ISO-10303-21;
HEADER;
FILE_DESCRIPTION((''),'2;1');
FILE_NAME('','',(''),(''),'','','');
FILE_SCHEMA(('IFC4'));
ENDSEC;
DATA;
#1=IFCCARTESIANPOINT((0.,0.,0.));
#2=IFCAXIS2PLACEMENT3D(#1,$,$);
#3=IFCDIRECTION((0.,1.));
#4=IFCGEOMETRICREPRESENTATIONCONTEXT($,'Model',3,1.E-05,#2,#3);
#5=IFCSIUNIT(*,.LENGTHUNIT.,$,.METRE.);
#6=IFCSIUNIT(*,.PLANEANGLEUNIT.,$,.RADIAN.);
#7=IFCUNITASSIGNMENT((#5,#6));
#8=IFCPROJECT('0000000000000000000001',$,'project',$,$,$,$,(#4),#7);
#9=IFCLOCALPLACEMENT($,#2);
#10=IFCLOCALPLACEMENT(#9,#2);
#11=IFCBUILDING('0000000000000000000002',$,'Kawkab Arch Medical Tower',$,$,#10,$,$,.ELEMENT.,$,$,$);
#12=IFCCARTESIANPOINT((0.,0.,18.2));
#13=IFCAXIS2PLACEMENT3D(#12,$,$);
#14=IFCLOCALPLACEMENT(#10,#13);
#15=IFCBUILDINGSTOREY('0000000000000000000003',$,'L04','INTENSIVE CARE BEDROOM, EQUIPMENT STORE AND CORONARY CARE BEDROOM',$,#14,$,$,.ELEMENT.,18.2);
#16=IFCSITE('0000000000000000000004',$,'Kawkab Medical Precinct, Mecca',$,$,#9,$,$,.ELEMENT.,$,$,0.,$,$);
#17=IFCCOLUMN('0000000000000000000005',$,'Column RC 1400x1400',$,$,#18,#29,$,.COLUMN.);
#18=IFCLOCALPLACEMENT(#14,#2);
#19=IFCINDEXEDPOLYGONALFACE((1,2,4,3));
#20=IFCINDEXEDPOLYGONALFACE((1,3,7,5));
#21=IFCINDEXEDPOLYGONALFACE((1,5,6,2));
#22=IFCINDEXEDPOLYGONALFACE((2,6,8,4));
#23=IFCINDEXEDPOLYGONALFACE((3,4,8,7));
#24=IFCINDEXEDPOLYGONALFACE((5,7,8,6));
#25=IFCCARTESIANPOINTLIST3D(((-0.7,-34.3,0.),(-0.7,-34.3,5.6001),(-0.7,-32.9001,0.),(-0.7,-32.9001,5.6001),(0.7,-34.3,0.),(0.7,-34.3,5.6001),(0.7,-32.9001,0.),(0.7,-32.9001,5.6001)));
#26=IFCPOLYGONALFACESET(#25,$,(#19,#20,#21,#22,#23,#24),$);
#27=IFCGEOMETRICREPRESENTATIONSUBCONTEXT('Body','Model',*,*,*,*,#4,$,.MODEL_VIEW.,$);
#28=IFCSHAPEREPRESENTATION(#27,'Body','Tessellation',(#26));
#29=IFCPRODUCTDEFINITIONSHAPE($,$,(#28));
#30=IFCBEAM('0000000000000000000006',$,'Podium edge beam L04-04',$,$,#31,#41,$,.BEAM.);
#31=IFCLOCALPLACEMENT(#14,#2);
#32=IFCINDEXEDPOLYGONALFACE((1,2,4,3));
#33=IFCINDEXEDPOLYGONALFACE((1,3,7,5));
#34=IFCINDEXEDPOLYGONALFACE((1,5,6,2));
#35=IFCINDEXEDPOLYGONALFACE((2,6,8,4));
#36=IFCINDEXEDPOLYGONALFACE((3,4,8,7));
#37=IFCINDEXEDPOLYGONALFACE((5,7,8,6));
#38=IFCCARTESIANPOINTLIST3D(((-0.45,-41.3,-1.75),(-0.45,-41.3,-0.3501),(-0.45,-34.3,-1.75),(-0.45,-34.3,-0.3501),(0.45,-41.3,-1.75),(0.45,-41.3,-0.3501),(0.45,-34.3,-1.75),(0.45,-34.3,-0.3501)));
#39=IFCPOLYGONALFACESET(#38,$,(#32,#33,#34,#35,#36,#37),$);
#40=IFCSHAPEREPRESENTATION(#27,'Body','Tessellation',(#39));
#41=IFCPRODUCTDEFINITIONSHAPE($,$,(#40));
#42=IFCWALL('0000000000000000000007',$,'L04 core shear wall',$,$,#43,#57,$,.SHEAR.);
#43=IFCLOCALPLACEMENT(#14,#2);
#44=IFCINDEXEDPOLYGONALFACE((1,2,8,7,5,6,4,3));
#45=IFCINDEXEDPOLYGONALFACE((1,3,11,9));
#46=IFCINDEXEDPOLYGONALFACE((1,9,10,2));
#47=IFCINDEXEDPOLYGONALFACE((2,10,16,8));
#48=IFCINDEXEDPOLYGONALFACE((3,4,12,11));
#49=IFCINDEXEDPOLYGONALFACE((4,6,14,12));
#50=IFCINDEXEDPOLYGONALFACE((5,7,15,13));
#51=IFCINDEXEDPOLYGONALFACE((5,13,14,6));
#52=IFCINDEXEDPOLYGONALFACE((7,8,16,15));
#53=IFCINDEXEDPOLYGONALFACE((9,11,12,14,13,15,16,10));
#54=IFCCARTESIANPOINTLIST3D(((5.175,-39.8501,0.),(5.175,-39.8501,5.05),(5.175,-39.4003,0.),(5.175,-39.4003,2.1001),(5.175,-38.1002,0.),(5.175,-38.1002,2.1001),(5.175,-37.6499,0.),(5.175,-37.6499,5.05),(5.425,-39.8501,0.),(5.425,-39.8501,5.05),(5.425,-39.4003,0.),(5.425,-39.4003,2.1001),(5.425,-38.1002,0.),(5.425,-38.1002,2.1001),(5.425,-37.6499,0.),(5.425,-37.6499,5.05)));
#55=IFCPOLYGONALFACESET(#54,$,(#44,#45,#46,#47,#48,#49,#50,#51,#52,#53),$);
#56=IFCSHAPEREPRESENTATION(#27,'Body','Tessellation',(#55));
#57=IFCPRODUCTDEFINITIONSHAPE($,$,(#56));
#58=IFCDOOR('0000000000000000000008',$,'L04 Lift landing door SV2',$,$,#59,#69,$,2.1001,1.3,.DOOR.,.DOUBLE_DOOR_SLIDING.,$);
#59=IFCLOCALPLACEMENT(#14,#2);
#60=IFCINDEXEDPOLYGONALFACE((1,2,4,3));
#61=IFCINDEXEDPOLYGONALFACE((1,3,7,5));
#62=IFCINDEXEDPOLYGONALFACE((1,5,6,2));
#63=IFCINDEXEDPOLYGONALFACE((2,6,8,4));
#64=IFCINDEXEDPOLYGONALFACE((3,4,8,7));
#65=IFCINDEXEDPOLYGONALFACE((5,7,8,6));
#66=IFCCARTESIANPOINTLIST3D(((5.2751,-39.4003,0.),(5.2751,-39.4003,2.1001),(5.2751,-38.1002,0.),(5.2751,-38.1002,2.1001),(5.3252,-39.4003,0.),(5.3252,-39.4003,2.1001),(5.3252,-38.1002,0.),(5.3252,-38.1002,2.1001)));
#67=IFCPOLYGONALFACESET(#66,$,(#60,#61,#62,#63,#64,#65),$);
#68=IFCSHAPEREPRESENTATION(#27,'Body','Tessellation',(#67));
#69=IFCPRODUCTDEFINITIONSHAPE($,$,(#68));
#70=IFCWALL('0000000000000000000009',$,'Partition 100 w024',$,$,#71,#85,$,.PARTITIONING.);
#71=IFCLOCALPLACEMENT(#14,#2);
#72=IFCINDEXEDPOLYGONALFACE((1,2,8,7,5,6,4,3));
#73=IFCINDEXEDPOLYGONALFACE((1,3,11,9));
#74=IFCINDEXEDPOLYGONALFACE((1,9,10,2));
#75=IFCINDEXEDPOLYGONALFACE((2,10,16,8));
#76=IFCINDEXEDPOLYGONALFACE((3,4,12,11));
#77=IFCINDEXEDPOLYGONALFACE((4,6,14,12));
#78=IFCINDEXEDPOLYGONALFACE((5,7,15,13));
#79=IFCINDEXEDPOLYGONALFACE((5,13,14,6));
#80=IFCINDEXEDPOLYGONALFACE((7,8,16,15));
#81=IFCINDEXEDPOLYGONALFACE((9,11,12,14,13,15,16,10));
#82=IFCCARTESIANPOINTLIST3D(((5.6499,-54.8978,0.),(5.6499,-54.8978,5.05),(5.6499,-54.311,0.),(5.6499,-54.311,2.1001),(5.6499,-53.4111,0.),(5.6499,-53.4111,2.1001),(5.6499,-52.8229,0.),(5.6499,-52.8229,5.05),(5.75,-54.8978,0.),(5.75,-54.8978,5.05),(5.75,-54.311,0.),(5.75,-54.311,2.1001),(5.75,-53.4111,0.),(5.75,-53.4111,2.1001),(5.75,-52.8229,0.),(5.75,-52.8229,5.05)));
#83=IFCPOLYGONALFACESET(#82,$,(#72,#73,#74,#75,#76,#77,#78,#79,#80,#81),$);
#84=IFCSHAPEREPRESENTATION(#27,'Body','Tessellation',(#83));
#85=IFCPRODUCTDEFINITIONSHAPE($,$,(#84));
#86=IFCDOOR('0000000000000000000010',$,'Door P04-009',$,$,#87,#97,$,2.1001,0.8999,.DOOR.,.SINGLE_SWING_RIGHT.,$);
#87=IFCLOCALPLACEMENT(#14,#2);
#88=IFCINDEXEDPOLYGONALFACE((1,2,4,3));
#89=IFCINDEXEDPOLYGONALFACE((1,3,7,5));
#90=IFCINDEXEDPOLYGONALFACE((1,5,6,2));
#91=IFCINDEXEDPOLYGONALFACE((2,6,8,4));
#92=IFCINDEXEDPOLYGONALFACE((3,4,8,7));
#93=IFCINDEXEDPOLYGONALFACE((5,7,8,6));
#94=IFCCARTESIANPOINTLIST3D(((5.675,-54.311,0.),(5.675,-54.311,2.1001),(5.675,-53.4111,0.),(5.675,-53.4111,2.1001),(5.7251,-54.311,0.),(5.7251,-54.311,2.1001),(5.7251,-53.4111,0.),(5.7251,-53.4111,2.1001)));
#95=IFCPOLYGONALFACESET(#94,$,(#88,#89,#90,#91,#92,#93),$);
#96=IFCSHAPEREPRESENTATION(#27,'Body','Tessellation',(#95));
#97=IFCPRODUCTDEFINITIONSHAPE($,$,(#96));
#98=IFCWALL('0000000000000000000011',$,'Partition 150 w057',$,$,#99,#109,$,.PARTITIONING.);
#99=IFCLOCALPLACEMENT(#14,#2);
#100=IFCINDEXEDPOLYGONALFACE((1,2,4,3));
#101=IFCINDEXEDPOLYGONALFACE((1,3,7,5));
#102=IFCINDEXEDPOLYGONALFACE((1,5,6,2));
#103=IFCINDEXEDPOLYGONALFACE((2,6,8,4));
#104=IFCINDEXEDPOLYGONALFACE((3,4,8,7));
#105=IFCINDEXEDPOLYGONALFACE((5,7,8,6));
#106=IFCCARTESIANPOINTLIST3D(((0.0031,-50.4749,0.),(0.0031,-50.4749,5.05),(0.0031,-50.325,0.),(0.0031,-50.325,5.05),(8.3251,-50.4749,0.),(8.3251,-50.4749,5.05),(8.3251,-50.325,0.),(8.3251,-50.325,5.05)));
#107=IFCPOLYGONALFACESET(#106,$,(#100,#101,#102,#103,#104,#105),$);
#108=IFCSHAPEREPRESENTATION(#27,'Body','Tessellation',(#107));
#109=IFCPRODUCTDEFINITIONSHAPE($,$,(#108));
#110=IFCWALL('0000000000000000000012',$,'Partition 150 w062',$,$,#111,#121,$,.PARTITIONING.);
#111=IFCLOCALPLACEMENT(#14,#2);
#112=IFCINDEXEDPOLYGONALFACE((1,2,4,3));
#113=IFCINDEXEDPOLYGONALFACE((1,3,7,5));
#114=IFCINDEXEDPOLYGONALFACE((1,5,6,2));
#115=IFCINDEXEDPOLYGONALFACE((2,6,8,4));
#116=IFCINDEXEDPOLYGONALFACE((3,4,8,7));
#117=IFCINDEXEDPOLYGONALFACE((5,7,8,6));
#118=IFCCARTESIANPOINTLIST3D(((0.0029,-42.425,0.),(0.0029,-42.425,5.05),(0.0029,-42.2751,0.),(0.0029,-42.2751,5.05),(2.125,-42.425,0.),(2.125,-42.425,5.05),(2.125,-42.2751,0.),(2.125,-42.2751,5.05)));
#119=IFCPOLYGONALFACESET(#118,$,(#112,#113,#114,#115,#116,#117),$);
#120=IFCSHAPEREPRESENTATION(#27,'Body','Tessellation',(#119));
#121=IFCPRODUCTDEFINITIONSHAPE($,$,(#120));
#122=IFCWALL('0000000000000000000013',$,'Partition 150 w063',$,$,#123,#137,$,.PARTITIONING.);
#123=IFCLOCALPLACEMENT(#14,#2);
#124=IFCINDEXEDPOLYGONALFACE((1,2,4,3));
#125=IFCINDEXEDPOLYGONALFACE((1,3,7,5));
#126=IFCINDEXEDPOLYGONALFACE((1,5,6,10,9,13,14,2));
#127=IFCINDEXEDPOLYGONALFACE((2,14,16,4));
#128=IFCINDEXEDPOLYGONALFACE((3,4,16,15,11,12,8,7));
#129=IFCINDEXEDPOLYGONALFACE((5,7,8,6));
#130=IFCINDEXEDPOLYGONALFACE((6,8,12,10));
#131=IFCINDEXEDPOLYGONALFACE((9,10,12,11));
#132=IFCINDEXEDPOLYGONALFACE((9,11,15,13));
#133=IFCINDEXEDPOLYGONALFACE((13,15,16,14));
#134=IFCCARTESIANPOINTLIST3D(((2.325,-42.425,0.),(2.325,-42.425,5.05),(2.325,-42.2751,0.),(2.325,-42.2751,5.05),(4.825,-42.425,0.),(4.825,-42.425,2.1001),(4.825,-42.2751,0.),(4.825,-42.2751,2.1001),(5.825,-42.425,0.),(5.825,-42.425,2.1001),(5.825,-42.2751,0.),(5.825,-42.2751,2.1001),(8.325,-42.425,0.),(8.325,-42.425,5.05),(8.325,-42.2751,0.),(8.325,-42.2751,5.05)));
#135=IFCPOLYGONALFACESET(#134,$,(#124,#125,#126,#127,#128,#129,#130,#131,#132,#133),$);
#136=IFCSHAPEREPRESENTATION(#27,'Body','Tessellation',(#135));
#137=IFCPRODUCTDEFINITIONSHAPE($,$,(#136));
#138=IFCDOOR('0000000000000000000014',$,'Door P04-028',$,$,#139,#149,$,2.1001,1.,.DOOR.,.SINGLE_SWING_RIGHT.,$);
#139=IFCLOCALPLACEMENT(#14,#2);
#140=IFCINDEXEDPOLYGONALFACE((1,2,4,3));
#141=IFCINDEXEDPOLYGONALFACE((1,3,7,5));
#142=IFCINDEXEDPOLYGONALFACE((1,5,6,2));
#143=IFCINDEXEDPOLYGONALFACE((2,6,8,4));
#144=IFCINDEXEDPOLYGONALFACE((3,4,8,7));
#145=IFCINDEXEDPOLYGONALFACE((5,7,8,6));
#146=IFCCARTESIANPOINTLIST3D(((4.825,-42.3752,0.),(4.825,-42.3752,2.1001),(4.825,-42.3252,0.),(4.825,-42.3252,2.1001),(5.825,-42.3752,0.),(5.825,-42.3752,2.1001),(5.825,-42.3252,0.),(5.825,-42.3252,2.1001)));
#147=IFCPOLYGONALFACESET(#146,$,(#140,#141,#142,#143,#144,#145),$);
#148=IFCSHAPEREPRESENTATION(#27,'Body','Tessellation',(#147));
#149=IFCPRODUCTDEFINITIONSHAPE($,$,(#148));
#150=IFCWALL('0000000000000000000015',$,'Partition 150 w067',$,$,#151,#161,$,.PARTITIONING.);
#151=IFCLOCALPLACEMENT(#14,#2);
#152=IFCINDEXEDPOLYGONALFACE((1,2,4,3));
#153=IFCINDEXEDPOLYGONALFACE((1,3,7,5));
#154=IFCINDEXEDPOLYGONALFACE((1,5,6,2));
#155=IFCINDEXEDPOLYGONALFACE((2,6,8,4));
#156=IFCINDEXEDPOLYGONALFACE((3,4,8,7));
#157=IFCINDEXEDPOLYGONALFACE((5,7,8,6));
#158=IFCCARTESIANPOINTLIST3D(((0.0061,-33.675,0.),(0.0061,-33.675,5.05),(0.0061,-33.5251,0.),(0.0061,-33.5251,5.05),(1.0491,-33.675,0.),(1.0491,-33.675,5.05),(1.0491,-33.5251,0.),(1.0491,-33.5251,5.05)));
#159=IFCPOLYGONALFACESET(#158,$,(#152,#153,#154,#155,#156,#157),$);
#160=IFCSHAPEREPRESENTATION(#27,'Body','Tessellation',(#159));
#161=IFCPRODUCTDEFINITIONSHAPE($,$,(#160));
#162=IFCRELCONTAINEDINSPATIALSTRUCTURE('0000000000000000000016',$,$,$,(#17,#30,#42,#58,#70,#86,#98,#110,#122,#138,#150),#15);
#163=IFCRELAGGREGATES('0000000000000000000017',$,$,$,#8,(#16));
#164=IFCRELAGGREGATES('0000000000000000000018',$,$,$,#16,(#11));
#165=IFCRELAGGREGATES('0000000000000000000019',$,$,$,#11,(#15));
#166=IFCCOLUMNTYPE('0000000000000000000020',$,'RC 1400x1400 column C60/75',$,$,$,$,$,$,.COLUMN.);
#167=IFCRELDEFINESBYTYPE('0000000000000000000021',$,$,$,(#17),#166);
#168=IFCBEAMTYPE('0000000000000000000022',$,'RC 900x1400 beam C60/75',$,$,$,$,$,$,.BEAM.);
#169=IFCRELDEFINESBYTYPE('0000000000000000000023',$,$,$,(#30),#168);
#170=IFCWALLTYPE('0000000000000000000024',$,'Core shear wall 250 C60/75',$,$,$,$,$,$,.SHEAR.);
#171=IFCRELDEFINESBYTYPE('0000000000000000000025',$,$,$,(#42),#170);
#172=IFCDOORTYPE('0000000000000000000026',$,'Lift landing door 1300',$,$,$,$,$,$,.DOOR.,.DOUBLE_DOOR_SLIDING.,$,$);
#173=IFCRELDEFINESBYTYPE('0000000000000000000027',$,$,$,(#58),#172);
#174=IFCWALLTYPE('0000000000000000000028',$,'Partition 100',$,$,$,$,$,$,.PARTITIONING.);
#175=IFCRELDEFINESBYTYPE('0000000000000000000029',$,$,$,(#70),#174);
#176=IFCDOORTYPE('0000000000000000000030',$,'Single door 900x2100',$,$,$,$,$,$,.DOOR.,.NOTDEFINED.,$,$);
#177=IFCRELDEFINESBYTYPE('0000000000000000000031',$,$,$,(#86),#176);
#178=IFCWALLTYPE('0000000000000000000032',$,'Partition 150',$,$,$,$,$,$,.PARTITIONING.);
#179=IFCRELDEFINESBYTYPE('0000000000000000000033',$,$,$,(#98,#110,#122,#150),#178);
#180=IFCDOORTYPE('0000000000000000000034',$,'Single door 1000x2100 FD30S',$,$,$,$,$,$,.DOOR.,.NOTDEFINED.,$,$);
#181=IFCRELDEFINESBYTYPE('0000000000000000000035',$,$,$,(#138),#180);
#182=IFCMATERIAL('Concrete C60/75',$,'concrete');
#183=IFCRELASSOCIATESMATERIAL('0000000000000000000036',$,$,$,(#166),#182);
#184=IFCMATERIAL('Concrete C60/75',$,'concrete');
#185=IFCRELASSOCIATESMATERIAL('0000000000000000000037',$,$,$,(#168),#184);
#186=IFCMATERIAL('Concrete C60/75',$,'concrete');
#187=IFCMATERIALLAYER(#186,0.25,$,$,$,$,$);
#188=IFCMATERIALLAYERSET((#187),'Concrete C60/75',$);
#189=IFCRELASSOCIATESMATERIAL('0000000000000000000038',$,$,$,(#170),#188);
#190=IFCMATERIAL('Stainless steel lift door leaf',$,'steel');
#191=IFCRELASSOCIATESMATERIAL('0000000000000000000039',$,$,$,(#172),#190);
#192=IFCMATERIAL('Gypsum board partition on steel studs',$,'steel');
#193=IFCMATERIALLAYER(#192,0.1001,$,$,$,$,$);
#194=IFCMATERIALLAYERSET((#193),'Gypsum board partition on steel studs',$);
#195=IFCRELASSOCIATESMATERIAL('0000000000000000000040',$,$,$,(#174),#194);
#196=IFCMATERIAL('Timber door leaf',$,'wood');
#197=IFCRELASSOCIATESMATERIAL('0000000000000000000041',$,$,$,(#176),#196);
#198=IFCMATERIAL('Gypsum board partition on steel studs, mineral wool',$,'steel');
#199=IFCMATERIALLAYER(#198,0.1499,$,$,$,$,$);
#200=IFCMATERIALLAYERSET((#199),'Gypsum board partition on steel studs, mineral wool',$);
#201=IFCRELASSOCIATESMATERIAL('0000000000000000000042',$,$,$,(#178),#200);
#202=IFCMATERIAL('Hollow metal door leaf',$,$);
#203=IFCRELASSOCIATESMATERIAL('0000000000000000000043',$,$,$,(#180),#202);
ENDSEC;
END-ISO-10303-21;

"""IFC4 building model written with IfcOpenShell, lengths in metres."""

from ifc_helpers import new_model, si_unit, direction, frame, frame_2d, origin, origin_2d, place, context, subcontext, project, spatial, rectangle, extrude, material, layer, layer_set, material_profile, profile_set, type_object, element, fill, save


model = new_model("IFC4")

# Units and contexts
model_context = context("Model", 3, precision=1e-05, world=origin(), true_north=direction((0.0, 1.0)))
body_context = subcontext(model_context, "Body", "Model", "MODEL_VIEW")
ifc_project = project(units=[si_unit("LENGTHUNIT", "METRE"), si_unit("PLANEANGLEUNIT", "RADIAN")], contexts=[model_context])

# Site, building, storey
site_placement = place(None, origin())
site = spatial("IfcSite", under=ifc_project, at=site_placement, Name="Kawkab Medical Precinct, Mecca", CompositionType="ELEMENT", RefElevation=0.0)
building_placement = place(site_placement, origin())
building = spatial("IfcBuilding", under=site, at=building_placement, Name="Kawkab Arch Medical Tower", CompositionType="ELEMENT")
storey_placement = place(building_placement, frame((0.0, 0.0, 18.2)))
storey = spatial("IfcBuildingStorey", under=building, at=storey_placement, Name="L04", Description="INTENSIVE CARE BEDROOM, EQUIPMENT STORE AND CORONARY CARE BEDROOM", CompositionType="ELEMENT", Elevation=18.2)

# Column
ifc_material_1 = material(Name="Concrete C60/75", Category="concrete")
ifc_material_profile_1 = material_profile(ifc_material_1, rectangle(XDim=1.3999, YDim=1.3999, at=origin_2d()), Name="RC 1400x1400")
ifc_profile_set_1 = profile_set([ifc_material_profile_1], Name="Concrete C60/75")
column_type = type_object("IfcColumnType", Name="RC 1400x1400 column C60/75", PredefinedType="COLUMN", material=ifc_profile_set_1)
column_placement = place(storey_placement, frame((0.0, -33.6001, 0.0), z_axis=(0.0, 0.0, 1.0), x_axis=(1.0, 0.0, 0.0)))
element("IfcColumn", 1, at=column_placement, inside=storey, type_object=column_type, Name="Column RC 1400x1400", PredefinedType="COLUMN", context=body_context, shape_type="SweptSolid", body=[
    extrude(rectangle(XDim=1.3999, YDim=1.3999, at=origin_2d()), origin(), (0.0, 0.0, 1.0), 5.6001),
])

# Beam
ifc_material_2 = material(Name="Concrete C60/75", Category="concrete")
ifc_material_profile_2 = material_profile(ifc_material_2, rectangle(XDim=0.8999, YDim=1.3999, at=origin_2d()), Name="RC 900x1400")
ifc_profile_set_2 = profile_set([ifc_material_profile_2], Name="Concrete C60/75")
beam_type = type_object("IfcBeamType", Name="RC 900x1400 beam C60/75", PredefinedType="BEAM", material=ifc_profile_set_2)
beam_placement = place(storey_placement, frame((0.0, -34.3, -1.05), z_axis=(0.0, -1.0, 0.0), x_axis=(1.0, 0.0, 0.0)))
element("IfcBeam", 2, at=beam_placement, inside=storey, type_object=beam_type, Name="Podium edge beam L04-04", PredefinedType="BEAM", context=body_context, shape_type="SweptSolid", body=[
    extrude(rectangle(XDim=0.8999, YDim=1.3999, at=origin_2d()), origin(), (0.0, 0.0, 1.0), 7.0),
])

# Walls, openings, doors
ifc_material_3 = material(Name="Concrete C60/75", Category="concrete")
ifc_layer_1 = layer(ifc_material_3, 0.25)
ifc_layer_set_1 = layer_set([ifc_layer_1], Name="Concrete C60/75")
wall_type_1 = type_object("IfcWallType", Name="Core shear wall 250 C60/75", PredefinedType="SHEAR", material=ifc_layer_set_1)
wall_1_placement = place(storey_placement, frame((5.3, -39.8501, 0.0), z_axis=(0.0, 0.0, 1.0), x_axis=(0.0, 1.0, 0.0)))
wall_1 = element("IfcWall", 3, at=wall_1_placement, inside=storey, type_object=wall_type_1, Name="L04 core shear wall", PredefinedType="SHEAR", context=body_context, shape_type="SweptSolid", body=[
    extrude(rectangle(XDim=2.2002, YDim=0.25, at=frame_2d((1.1001, 0.0))), origin(), (0.0, 0.0, 1.0), 5.05),
])
opening_1_placement = place(wall_1_placement, frame((0.45, 0.0, 0.0)))
opening_1 = element("IfcOpeningElement", 4, at=opening_1_placement, cuts=wall_1, PredefinedType="OPENING", context=body_context, shape_type="SweptSolid", body=[
    extrude(rectangle(XDim=1.3, YDim=2.1001, at=frame_2d((0.6499, 1.05))), frame((0.0, 0.135, 0.0), z_axis=(0.0, -1.0, 0.0), x_axis=(1.0, 0.0, 0.0)), (0.0, 0.0, 1.0), 0.27),
])
ifc_material_4 = material(Name="Stainless steel lift door leaf", Category="steel")
door_type_1 = type_object("IfcDoorType", Name="Lift landing door 1300", OperationType="DOUBLE_DOOR_SLIDING", PredefinedType="DOOR", material=ifc_material_4)
door_1_placement = place(opening_1_placement, origin())
door_1 = element("IfcDoor", 5, at=door_1_placement, inside=storey, type_object=door_type_1, Name="L04 Lift landing door SV2", OperationType="DOUBLE_DOOR_SLIDING", OverallHeight=2.1001, OverallWidth=1.3, PredefinedType="DOOR", context=body_context, shape_type="SweptSolid", body=[
    extrude(rectangle(XDim=1.3, YDim=2.1001, at=frame_2d((0.6499, 1.05))), frame((0.0, 0.0249, 0.0), z_axis=(0.0, -1.0, 0.0), x_axis=(1.0, 0.0, 0.0)), (0.0, 0.0, 1.0), 0.05),
])
fill(opening_1, door_1)
ifc_material_5 = material(Name="Gypsum board partition on steel studs", Category="steel")
ifc_layer_2 = layer(ifc_material_5, 0.1001)
ifc_layer_set_2 = layer_set([ifc_layer_2], Name="Gypsum board partition on steel studs")
wall_type_2 = type_object("IfcWallType", Name="Partition 100", PredefinedType="PARTITIONING", material=ifc_layer_set_2)
wall_2_placement = place(storey_placement, frame((5.7, -54.8979, 0.0), z_axis=(0.0, 0.0, 1.0), x_axis=(0.0, 1.0, 0.0)))
wall_2 = element("IfcWall", 6, at=wall_2_placement, inside=storey, type_object=wall_type_2, Name="Partition 100 w024", PredefinedType="PARTITIONING", context=body_context, shape_type="SweptSolid", body=[
    extrude(rectangle(XDim=2.075, YDim=0.1001, at=frame_2d((1.0376, 0.0))), origin(), (0.0, 0.0, 1.0), 5.05),
])
opening_2_placement = place(wall_2_placement, frame((0.5869, 0.0, 0.0)))
opening_2 = element("IfcOpeningElement", 7, at=opening_2_placement, cuts=wall_2, PredefinedType="OPENING", context=body_context, shape_type="SweptSolid", body=[
    extrude(rectangle(XDim=0.8999, YDim=2.1001, at=frame_2d((0.45, 1.05))), frame((0.0, 0.0601, 0.0), z_axis=(0.0, -1.0, 0.0), x_axis=(1.0, 0.0, 0.0)), (0.0, 0.0, 1.0), 0.1201),
])
ifc_material_6 = material(Name="Timber door leaf", Category="wood")
door_type_2 = type_object("IfcDoorType", Name="Single door 900x2100", OperationType="NOTDEFINED", PredefinedType="DOOR", material=ifc_material_6)
door_2_placement = place(opening_2_placement, origin())
door_2 = element("IfcDoor", 8, at=door_2_placement, inside=storey, type_object=door_type_2, Name="Door P04-009", OperationType="SINGLE_SWING_RIGHT", OverallHeight=2.1001, OverallWidth=0.8999, PredefinedType="DOOR", context=body_context, shape_type="SweptSolid", body=[
    extrude(rectangle(XDim=0.8999, YDim=2.1001, at=frame_2d((0.45, 1.05))), frame((0.0, 0.0249, 0.0), z_axis=(0.0, -1.0, 0.0), x_axis=(1.0, 0.0, 0.0)), (0.0, 0.0, 1.0), 0.05),
])
fill(opening_2, door_2)

# Walls
ifc_material_7 = material(Name="Gypsum board partition on steel studs, mineral wool", Category="steel")
ifc_layer_3 = layer(ifc_material_7, 0.1499)
ifc_layer_set_3 = layer_set([ifc_layer_3], Name="Gypsum board partition on steel studs, mineral wool")
wall_type_3 = type_object("IfcWallType", Name="Partition 150", PredefinedType="PARTITIONING", material=ifc_layer_set_3)
wall_3_placement = place(storey_placement, frame((0.0029, -50.3999, 0.0), z_axis=(0.0, 0.0, 1.0), x_axis=(1.0, 0.0, 0.0)))
element("IfcWall", 9, at=wall_3_placement, inside=storey, type_object=wall_type_3, Name="Partition 150 w057", PredefinedType="PARTITIONING", context=body_context, shape_type="SweptSolid", body=[
    extrude(rectangle(XDim=8.322, YDim=0.1499, at=frame_2d((4.1611, 0.0))), origin(), (0.0, 0.0, 1.0), 5.05),
])
wall_4_placement = place(storey_placement, frame((0.0029, -42.3501, 0.0), z_axis=(0.0, 0.0, 1.0), x_axis=(1.0, 0.0, 0.0)))
element("IfcWall", 10, at=wall_4_placement, inside=storey, type_object=wall_type_3, Name="Partition 150 w062", PredefinedType="PARTITIONING", context=body_context, shape_type="SweptSolid", body=[
    extrude(rectangle(XDim=2.1221, YDim=0.1499, at=frame_2d((1.061, 0.0))), origin(), (0.0, 0.0, 1.0), 5.05),
])

# Wall, opening, door
wall_5_placement = place(storey_placement, frame((2.325, -42.3501, 0.0), z_axis=(0.0, 0.0, 1.0), x_axis=(1.0, 0.0, 0.0)))
wall_5 = element("IfcWall", 11, at=wall_5_placement, inside=storey, type_object=wall_type_3, Name="Partition 150 w063", PredefinedType="PARTITIONING", context=body_context, shape_type="SweptSolid", body=[
    extrude(rectangle(XDim=6.0, YDim=0.1499, at=frame_2d((3.0, 0.0))), origin(), (0.0, 0.0, 1.0), 5.05),
])
opening_3_placement = place(wall_5_placement, frame((2.5, 0.0, 0.0)))
opening_3 = element("IfcOpeningElement", 12, at=opening_3_placement, cuts=wall_5, PredefinedType="OPENING", context=body_context, shape_type="SweptSolid", body=[
    extrude(rectangle(XDim=1.0, YDim=2.1001, at=frame_2d((0.5, 1.05))), frame((0.0, 0.085, 0.0), z_axis=(0.0, -1.0, 0.0), x_axis=(1.0, 0.0, 0.0)), (0.0, 0.0, 1.0), 0.1699),
])
ifc_material_8 = material(Name="Hollow metal door leaf")
door_type_3 = type_object("IfcDoorType", Name="Single door 1000x2100 FD30S", OperationType="NOTDEFINED", PredefinedType="DOOR", material=ifc_material_8)
door_3_placement = place(opening_3_placement, origin())
door_3 = element("IfcDoor", 13, at=door_3_placement, inside=storey, type_object=door_type_3, Name="Door P04-028", OperationType="SINGLE_SWING_RIGHT", OverallHeight=2.1001, OverallWidth=1.0, PredefinedType="DOOR", context=body_context, shape_type="SweptSolid", body=[
    extrude(rectangle(XDim=1.0, YDim=2.1001, at=frame_2d((0.5, 1.05))), frame((0.0, 0.0249, 0.0), z_axis=(0.0, -1.0, 0.0), x_axis=(1.0, 0.0, 0.0)), (0.0, 0.0, 1.0), 0.05),
])
fill(opening_3, door_3)

# Wall
wall_6_placement = place(storey_placement, frame((0.0061, -33.6001, 0.0), z_axis=(0.0, 0.0, 1.0), x_axis=(1.0, 0.0, 0.0)))
element("IfcWall", 14, at=wall_6_placement, inside=storey, type_object=wall_type_3, Name="Partition 150 w067", PredefinedType="PARTITIONING", context=body_context, shape_type="SweptSolid", body=[
    extrude(rectangle(XDim=1.043, YDim=0.1499, at=frame_2d((0.5215, 0.0))), origin(), (0.0, 0.0, 1.0), 5.05),
])

save(model, "model.ifc")
